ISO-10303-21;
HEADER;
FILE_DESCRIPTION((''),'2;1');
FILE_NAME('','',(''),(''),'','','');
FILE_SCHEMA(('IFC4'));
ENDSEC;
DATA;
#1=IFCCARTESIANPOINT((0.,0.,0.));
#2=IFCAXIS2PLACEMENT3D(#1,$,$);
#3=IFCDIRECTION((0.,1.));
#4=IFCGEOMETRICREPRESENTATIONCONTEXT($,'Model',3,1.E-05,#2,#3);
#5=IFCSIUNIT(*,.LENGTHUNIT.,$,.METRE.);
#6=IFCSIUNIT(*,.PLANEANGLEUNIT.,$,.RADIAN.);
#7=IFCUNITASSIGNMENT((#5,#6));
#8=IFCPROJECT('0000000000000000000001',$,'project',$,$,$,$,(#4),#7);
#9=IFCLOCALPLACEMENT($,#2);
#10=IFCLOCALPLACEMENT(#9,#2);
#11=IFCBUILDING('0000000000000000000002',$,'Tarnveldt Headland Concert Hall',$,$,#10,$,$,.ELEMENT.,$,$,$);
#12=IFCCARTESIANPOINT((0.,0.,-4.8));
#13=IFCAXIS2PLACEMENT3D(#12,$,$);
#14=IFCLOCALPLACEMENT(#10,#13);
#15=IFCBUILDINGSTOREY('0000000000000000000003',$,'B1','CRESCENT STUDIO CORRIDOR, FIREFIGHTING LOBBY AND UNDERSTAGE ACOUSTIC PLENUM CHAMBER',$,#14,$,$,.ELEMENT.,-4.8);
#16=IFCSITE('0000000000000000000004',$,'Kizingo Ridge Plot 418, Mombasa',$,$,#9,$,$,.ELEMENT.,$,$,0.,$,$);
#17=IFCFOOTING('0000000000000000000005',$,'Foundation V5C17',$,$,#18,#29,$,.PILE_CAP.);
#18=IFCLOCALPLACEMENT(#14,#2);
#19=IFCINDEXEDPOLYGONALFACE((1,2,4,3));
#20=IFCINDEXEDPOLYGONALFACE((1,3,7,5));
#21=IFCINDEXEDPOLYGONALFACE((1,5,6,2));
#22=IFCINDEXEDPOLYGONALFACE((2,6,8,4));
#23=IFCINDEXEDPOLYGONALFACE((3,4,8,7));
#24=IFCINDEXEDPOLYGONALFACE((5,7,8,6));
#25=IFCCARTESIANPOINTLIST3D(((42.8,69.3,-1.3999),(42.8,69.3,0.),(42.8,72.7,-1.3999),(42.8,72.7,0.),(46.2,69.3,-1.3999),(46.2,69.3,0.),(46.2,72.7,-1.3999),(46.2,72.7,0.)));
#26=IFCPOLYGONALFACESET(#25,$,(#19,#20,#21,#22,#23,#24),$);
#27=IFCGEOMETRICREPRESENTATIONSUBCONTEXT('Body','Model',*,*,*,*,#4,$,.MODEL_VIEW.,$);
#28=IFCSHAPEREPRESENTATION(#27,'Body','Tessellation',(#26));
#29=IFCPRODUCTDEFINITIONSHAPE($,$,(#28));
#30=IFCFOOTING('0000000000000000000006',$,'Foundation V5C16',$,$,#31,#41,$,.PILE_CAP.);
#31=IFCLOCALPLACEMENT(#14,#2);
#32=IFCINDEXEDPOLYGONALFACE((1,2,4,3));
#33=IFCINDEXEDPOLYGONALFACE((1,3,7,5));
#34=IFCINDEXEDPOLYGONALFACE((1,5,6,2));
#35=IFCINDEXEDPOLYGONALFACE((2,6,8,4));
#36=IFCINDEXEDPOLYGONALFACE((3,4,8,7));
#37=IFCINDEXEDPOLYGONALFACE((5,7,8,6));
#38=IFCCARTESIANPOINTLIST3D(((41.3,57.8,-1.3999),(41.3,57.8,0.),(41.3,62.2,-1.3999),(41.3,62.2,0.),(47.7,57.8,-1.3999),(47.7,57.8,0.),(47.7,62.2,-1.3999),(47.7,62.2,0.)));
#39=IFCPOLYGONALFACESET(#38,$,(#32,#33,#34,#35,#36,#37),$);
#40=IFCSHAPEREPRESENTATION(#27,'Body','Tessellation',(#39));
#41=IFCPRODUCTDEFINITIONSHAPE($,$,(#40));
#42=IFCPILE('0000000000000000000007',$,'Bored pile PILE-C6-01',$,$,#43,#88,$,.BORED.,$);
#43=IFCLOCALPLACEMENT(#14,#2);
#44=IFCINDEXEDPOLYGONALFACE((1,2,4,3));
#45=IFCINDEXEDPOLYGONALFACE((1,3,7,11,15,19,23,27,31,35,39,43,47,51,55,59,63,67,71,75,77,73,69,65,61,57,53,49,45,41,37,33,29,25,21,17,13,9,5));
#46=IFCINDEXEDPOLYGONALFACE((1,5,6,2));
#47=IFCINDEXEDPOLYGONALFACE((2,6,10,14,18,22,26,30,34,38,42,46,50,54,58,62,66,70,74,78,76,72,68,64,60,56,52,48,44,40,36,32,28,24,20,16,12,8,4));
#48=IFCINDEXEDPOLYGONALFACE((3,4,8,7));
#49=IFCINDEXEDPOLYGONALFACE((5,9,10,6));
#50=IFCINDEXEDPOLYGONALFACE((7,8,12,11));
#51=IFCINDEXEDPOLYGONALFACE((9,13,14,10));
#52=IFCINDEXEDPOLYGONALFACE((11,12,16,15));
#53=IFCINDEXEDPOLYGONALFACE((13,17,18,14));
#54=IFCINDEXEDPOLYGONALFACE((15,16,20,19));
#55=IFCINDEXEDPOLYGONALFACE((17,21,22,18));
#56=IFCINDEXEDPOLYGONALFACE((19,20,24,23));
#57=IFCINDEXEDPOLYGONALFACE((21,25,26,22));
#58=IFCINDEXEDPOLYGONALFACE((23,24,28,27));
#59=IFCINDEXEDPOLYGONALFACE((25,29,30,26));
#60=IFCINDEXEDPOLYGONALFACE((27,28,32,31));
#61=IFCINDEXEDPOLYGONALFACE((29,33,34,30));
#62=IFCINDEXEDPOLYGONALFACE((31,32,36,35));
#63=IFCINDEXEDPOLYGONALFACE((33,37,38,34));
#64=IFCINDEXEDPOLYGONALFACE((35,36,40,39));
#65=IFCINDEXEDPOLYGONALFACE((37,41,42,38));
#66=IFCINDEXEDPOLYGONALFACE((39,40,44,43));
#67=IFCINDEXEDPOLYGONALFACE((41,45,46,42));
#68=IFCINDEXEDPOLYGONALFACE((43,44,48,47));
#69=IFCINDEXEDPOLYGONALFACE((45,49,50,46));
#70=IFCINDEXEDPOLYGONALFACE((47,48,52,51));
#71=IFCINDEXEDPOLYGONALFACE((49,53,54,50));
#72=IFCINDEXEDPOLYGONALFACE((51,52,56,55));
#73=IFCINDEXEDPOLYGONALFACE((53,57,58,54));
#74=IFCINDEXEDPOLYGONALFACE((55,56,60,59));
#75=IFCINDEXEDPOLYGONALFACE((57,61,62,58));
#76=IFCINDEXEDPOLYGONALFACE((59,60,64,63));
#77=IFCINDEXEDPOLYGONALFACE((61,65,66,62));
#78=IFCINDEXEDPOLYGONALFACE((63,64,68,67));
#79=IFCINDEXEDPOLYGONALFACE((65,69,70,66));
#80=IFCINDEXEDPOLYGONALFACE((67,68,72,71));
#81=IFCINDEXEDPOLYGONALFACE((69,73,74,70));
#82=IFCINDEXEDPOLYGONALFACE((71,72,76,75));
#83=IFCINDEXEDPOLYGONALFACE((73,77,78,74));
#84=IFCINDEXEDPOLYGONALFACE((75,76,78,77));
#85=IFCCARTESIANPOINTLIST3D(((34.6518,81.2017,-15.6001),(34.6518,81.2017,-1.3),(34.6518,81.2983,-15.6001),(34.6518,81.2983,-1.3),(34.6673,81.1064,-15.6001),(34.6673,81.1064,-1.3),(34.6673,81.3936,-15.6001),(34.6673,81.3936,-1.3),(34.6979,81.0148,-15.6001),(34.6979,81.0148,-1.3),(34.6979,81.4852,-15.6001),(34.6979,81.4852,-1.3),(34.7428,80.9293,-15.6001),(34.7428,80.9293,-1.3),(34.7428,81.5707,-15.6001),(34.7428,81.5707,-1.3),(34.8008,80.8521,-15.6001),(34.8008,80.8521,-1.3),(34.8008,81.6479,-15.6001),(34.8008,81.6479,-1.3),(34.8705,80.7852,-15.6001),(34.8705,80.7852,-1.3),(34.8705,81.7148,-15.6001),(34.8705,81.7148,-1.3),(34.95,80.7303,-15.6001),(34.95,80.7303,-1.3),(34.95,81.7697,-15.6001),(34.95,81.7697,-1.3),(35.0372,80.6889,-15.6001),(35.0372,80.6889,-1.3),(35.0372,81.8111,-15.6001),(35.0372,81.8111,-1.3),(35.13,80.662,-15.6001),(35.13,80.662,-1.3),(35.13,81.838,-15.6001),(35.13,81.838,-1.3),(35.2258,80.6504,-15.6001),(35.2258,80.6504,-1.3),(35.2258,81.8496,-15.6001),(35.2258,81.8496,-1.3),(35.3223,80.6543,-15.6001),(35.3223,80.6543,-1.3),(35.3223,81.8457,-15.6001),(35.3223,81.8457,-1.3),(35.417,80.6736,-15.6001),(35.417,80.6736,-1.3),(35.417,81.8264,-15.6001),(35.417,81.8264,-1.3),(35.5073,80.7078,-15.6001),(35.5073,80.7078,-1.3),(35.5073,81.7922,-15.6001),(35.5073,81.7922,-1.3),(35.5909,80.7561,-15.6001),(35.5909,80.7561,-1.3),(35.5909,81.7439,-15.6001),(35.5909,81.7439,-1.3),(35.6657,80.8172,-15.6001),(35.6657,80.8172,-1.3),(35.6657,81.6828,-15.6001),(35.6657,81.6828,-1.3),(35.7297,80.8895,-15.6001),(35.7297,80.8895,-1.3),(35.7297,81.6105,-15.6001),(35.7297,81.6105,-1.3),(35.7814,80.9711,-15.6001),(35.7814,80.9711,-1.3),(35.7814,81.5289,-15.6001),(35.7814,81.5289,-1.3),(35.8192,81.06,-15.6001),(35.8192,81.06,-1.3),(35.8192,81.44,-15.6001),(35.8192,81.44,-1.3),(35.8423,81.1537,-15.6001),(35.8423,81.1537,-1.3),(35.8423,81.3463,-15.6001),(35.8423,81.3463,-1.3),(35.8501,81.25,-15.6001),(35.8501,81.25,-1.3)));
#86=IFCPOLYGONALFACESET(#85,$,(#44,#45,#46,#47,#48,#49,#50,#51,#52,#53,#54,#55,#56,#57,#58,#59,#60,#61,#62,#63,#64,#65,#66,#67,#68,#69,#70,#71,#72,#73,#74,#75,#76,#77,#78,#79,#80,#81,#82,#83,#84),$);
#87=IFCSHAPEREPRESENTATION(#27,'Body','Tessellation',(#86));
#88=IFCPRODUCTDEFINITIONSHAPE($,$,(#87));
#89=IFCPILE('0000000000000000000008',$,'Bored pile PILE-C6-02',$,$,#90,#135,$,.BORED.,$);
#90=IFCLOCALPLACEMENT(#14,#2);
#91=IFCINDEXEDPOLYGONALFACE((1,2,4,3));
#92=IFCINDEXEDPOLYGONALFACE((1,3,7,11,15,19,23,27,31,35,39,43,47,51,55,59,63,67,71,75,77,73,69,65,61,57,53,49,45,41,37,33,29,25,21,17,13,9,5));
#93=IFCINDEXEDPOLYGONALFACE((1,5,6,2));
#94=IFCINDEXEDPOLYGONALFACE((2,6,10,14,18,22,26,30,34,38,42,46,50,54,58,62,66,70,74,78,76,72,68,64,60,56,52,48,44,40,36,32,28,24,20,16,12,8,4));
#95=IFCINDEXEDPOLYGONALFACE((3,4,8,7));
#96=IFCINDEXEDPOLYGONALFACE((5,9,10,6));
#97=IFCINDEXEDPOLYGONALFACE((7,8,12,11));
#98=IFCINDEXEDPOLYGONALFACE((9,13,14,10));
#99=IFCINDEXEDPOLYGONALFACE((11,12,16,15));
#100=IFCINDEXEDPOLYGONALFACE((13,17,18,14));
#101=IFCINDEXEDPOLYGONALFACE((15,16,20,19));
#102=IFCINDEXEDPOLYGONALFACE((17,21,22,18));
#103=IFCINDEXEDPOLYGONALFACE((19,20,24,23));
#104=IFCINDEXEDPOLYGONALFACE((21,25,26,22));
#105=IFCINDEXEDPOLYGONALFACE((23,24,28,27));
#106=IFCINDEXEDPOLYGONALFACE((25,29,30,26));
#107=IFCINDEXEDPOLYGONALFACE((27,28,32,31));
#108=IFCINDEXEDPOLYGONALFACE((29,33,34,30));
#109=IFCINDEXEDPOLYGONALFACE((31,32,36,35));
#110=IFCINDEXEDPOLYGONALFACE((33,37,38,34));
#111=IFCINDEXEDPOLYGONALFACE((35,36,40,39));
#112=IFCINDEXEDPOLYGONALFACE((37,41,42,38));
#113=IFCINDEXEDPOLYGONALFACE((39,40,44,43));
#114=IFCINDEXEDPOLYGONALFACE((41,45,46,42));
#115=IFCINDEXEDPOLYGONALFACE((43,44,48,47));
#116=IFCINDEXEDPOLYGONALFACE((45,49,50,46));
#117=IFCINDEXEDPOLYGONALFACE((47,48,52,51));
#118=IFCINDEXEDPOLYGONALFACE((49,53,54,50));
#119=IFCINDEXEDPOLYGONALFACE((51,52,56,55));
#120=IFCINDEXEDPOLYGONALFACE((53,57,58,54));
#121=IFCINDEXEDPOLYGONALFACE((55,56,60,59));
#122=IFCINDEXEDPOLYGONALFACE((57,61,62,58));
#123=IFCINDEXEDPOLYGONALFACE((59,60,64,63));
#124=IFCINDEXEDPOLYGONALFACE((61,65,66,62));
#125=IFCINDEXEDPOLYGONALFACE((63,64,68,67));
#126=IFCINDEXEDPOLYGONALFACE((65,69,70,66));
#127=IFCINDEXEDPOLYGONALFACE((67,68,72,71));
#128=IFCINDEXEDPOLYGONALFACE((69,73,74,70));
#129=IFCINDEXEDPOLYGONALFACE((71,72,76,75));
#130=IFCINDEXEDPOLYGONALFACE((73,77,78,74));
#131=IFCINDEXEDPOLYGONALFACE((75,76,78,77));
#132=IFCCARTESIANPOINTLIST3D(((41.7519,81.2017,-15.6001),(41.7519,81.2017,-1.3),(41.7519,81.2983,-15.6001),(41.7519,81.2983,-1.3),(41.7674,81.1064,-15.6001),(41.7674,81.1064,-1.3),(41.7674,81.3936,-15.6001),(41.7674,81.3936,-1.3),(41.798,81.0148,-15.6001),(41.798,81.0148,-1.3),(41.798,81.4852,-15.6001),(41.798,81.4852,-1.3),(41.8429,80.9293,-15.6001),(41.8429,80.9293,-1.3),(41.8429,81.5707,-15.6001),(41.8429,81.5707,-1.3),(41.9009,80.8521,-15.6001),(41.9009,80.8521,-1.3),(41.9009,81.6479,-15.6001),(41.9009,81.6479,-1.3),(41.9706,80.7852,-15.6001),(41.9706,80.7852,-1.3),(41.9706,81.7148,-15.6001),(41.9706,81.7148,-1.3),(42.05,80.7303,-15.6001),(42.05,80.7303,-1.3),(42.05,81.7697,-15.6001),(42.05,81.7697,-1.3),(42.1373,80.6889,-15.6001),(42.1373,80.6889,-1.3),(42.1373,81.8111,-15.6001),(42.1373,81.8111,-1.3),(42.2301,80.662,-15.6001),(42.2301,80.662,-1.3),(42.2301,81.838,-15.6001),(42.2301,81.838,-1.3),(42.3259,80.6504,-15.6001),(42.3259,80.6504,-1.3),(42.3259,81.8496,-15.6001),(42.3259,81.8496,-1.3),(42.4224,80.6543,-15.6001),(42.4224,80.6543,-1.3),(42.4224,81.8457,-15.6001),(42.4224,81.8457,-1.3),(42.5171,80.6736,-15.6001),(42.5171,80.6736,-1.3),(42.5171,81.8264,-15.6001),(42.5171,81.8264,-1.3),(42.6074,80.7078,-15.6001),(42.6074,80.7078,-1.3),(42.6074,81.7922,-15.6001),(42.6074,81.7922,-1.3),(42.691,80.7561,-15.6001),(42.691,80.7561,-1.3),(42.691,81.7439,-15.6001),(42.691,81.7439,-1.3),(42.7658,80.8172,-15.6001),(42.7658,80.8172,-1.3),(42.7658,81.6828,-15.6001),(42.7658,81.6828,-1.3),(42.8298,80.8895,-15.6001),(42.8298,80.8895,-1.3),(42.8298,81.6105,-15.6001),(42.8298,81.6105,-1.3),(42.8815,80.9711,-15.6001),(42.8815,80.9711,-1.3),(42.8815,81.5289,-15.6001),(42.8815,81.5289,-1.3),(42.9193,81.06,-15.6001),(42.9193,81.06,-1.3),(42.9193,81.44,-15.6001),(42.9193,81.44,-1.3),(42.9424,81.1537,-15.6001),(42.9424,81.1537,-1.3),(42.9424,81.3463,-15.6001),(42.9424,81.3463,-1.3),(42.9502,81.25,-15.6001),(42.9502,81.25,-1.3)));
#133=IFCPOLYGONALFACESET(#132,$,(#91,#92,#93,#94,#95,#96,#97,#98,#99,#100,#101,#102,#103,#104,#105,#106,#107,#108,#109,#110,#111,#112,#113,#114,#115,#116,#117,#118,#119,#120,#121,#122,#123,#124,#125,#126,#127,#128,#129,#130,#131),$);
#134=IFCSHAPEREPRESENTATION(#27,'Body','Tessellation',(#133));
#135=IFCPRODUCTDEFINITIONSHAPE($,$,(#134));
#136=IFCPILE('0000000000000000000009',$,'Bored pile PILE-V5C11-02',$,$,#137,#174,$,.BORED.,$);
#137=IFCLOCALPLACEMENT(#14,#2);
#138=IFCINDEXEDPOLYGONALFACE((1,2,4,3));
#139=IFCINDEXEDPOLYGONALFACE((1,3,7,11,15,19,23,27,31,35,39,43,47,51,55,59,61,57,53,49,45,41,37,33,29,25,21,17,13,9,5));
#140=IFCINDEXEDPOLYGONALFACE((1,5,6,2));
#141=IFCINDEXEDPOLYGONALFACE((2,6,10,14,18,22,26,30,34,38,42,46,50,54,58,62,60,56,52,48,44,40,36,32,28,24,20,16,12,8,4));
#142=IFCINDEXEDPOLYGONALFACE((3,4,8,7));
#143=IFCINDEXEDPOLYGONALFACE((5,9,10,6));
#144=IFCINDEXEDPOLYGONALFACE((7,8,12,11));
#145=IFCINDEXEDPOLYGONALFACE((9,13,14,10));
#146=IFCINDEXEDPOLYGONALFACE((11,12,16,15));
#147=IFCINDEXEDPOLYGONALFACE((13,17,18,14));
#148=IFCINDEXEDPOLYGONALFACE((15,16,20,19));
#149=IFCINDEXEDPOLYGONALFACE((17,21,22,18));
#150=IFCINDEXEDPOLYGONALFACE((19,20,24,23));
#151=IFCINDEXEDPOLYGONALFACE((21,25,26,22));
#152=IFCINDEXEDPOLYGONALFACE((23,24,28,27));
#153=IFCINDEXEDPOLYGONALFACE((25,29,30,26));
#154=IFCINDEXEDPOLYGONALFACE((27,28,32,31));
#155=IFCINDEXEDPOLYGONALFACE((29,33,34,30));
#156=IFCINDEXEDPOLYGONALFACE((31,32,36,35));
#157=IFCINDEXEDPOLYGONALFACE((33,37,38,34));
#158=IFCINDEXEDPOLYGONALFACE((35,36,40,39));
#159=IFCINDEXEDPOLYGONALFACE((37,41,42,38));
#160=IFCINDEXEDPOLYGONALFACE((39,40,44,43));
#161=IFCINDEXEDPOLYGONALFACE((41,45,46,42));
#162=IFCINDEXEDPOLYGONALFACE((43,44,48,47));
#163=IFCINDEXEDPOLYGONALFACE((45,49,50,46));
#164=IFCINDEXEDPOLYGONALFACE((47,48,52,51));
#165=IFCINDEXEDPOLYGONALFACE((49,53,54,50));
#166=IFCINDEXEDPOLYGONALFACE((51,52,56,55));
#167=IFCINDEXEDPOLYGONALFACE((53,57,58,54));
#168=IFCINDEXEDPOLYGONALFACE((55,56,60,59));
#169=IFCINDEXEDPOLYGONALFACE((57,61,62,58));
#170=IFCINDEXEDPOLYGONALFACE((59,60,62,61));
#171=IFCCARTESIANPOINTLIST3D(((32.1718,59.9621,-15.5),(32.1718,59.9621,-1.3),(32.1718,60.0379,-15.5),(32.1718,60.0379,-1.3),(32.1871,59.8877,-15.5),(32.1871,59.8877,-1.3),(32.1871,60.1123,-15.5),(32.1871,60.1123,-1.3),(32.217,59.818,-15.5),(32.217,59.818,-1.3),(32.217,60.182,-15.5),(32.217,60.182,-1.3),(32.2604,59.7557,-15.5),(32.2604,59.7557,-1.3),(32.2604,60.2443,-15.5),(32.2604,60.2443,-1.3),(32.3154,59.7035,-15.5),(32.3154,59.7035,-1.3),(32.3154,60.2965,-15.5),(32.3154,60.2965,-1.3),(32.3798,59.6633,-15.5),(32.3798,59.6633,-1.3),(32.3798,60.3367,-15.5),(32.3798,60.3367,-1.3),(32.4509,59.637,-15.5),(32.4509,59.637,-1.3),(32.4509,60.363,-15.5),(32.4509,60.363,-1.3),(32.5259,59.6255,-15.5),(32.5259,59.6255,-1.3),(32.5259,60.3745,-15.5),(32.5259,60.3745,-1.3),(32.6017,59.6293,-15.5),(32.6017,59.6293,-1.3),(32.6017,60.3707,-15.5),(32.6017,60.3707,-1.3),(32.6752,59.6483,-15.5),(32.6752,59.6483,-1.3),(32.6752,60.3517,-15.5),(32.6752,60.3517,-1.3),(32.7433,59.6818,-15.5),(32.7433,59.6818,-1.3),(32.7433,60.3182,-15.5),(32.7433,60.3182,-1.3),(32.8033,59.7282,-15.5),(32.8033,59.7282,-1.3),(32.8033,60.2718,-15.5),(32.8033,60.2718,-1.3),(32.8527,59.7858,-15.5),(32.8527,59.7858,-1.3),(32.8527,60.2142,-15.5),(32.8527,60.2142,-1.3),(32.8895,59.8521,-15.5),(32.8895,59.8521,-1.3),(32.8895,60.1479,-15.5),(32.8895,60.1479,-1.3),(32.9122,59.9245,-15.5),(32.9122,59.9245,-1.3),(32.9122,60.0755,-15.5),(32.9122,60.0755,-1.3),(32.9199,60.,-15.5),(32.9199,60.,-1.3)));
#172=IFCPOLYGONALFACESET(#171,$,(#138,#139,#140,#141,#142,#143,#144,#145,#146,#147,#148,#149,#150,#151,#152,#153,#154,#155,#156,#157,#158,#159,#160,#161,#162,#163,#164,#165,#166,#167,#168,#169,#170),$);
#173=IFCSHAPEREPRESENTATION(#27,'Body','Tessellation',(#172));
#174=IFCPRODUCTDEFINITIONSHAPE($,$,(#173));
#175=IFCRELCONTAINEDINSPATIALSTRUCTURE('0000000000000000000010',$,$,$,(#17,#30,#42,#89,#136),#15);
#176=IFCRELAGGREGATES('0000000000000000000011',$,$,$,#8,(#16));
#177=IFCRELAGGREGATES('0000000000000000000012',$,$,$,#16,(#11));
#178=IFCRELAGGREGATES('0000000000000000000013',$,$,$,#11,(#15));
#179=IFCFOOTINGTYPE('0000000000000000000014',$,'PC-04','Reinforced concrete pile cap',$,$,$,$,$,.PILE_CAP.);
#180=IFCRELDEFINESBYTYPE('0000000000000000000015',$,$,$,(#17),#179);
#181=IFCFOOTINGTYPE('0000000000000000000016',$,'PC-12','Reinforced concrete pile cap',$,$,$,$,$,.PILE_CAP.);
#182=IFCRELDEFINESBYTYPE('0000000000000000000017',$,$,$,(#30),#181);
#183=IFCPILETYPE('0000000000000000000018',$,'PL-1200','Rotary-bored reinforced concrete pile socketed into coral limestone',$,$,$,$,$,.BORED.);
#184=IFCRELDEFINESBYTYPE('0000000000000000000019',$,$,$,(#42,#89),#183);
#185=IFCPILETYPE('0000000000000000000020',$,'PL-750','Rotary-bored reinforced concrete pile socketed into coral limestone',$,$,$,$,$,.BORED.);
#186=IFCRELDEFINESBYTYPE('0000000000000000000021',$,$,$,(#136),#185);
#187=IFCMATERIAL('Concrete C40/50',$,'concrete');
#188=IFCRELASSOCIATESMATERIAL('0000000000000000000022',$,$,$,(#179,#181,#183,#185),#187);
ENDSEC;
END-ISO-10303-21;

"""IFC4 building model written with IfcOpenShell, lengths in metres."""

from ifc_helpers import new_model, si_unit, direction, frame, origin, origin_2d, place, context, subcontext, project, spatial, rectangle, circle, extrude, material, material_profile, profile_set, type_object, element, save


model = new_model("IFC4")

# Units and contexts
model_context = context("Model", 3, precision=1e-05, world=origin(), true_north=direction((0.0, 1.0)))
body_context = subcontext(model_context, "Body", "Model", "MODEL_VIEW")
ifc_project = project(units=[si_unit("LENGTHUNIT", "METRE"), si_unit("PLANEANGLEUNIT", "RADIAN")], contexts=[model_context])

# Site, building, storey
site_placement = place(None, origin())
site = spatial("IfcSite", under=ifc_project, at=site_placement, Name="Kizingo Ridge Plot 418, Mombasa", CompositionType="ELEMENT", RefElevation=0.0)
building_placement = place(site_placement, origin())
building = spatial("IfcBuilding", under=site, at=building_placement, Name="Tarnveldt Headland Concert Hall", CompositionType="ELEMENT")
storey_placement = place(building_placement, frame((0.0, 0.0, -4.8)))
storey = spatial("IfcBuildingStorey", under=building, at=storey_placement, Name="B1", Description="CRESCENT STUDIO CORRIDOR, FIREFIGHTING LOBBY AND UNDERSTAGE ACOUSTIC PLENUM CHAMBER", CompositionType="ELEMENT", Elevation=-4.8)

# Footings
ifc_material_1 = material(Name="Concrete C40/50", Category="concrete")
footing_type_1 = type_object("IfcFootingType", Name="PC-04", Description="Reinforced concrete pile cap", PredefinedType="PILE_CAP", material=ifc_material_1)
footing_1_placement = place(storey_placement, frame((44.5, 71.0, -1.3999), z_axis=(0.0, 0.0, 1.0), x_axis=(1.0, 0.0, 0.0)))
element("IfcFooting", 1, at=footing_1_placement, inside=storey, type_object=footing_type_1, Name="Foundation V5C17", PredefinedType="PILE_CAP", context=body_context, shape_type="SweptSolid", body=[
    extrude(rectangle(XDim=3.3999, YDim=3.3999, at=origin_2d()), origin(), (0.0, 0.0, 1.0), 1.3999),
])
footing_type_2 = type_object("IfcFootingType", Name="PC-12", Description="Reinforced concrete pile cap", PredefinedType="PILE_CAP", material=ifc_material_1)
footing_2_placement = place(storey_placement, frame((44.5, 60.0, -1.3999), z_axis=(0.0, 0.0, 1.0), x_axis=(1.0, 0.0, 0.0)))
element("IfcFooting", 2, at=footing_2_placement, inside=storey, type_object=footing_type_2, Name="Foundation V5C16", PredefinedType="PILE_CAP", context=body_context, shape_type="SweptSolid", body=[
    extrude(rectangle(XDim=6.3999, YDim=4.3999, at=origin_2d()), origin(), (0.0, 0.0, 1.0), 1.3999),
])

# Piles
ifc_material_profile_1 = material_profile(ifc_material_1, circle(Radius=0.6001, at=origin_2d()), Name="BORED PILE D1200", Category="concrete")
ifc_profile_set_1 = profile_set([ifc_material_profile_1], Name="Concrete C40/50")
pile_type_1 = type_object("IfcPileType", Name="PL-1200", Description="Rotary-bored reinforced concrete pile socketed into coral limestone", PredefinedType="BORED", material=ifc_profile_set_1)
for number, where, z_axis, x_axis, name in (
    (3, (35.25, 81.25, -1.3), (0.0, 0.0, -1.0), (1.0, 0.0, 0.0), "Bored pile PILE-C6-01"),
    (4, (42.3501, 81.25, -1.3), (0.0, 0.0, -1.0), (1.0, 0.0, 0.0), "Bored pile PILE-C6-02"),
):
    element("IfcPile", number, at=place(storey_placement, frame(where, z_axis=z_axis, x_axis=x_axis)), inside=storey, type_object=pile_type_1, Name=name, PredefinedType="BORED", context=body_context, shape_type="SweptSolid", body=[
        extrude(circle(Radius=0.6001, at=origin_2d()), origin(), (0.0, 0.0, 1.0), 14.3),
    ])
ifc_material_profile_2 = material_profile(ifc_material_1, circle(Radius=0.375, at=origin_2d()), Name="BORED PILE D750", Category="concrete")
ifc_profile_set_2 = profile_set([ifc_material_profile_2], Name="Concrete C40/50")
pile_type_2 = type_object("IfcPileType", Name="PL-750", Description="Rotary-bored reinforced concrete pile socketed into coral limestone", PredefinedType="BORED", material=ifc_profile_set_2)
pile_1_placement = place(storey_placement, frame((32.5449, 60.0, -1.3), z_axis=(0.0, 0.0, -1.0), x_axis=(1.0, 0.0, 0.0)))
element("IfcPile", 5, at=pile_1_placement, inside=storey, type_object=pile_type_2, Name="Bored pile PILE-V5C11-02", PredefinedType="BORED", context=body_context, shape_type="SweptSolid", body=[
    extrude(circle(Radius=0.375, at=origin_2d()), origin(), (0.0, 0.0, 1.0), 14.2),
])

save(model, "model.ifc")
